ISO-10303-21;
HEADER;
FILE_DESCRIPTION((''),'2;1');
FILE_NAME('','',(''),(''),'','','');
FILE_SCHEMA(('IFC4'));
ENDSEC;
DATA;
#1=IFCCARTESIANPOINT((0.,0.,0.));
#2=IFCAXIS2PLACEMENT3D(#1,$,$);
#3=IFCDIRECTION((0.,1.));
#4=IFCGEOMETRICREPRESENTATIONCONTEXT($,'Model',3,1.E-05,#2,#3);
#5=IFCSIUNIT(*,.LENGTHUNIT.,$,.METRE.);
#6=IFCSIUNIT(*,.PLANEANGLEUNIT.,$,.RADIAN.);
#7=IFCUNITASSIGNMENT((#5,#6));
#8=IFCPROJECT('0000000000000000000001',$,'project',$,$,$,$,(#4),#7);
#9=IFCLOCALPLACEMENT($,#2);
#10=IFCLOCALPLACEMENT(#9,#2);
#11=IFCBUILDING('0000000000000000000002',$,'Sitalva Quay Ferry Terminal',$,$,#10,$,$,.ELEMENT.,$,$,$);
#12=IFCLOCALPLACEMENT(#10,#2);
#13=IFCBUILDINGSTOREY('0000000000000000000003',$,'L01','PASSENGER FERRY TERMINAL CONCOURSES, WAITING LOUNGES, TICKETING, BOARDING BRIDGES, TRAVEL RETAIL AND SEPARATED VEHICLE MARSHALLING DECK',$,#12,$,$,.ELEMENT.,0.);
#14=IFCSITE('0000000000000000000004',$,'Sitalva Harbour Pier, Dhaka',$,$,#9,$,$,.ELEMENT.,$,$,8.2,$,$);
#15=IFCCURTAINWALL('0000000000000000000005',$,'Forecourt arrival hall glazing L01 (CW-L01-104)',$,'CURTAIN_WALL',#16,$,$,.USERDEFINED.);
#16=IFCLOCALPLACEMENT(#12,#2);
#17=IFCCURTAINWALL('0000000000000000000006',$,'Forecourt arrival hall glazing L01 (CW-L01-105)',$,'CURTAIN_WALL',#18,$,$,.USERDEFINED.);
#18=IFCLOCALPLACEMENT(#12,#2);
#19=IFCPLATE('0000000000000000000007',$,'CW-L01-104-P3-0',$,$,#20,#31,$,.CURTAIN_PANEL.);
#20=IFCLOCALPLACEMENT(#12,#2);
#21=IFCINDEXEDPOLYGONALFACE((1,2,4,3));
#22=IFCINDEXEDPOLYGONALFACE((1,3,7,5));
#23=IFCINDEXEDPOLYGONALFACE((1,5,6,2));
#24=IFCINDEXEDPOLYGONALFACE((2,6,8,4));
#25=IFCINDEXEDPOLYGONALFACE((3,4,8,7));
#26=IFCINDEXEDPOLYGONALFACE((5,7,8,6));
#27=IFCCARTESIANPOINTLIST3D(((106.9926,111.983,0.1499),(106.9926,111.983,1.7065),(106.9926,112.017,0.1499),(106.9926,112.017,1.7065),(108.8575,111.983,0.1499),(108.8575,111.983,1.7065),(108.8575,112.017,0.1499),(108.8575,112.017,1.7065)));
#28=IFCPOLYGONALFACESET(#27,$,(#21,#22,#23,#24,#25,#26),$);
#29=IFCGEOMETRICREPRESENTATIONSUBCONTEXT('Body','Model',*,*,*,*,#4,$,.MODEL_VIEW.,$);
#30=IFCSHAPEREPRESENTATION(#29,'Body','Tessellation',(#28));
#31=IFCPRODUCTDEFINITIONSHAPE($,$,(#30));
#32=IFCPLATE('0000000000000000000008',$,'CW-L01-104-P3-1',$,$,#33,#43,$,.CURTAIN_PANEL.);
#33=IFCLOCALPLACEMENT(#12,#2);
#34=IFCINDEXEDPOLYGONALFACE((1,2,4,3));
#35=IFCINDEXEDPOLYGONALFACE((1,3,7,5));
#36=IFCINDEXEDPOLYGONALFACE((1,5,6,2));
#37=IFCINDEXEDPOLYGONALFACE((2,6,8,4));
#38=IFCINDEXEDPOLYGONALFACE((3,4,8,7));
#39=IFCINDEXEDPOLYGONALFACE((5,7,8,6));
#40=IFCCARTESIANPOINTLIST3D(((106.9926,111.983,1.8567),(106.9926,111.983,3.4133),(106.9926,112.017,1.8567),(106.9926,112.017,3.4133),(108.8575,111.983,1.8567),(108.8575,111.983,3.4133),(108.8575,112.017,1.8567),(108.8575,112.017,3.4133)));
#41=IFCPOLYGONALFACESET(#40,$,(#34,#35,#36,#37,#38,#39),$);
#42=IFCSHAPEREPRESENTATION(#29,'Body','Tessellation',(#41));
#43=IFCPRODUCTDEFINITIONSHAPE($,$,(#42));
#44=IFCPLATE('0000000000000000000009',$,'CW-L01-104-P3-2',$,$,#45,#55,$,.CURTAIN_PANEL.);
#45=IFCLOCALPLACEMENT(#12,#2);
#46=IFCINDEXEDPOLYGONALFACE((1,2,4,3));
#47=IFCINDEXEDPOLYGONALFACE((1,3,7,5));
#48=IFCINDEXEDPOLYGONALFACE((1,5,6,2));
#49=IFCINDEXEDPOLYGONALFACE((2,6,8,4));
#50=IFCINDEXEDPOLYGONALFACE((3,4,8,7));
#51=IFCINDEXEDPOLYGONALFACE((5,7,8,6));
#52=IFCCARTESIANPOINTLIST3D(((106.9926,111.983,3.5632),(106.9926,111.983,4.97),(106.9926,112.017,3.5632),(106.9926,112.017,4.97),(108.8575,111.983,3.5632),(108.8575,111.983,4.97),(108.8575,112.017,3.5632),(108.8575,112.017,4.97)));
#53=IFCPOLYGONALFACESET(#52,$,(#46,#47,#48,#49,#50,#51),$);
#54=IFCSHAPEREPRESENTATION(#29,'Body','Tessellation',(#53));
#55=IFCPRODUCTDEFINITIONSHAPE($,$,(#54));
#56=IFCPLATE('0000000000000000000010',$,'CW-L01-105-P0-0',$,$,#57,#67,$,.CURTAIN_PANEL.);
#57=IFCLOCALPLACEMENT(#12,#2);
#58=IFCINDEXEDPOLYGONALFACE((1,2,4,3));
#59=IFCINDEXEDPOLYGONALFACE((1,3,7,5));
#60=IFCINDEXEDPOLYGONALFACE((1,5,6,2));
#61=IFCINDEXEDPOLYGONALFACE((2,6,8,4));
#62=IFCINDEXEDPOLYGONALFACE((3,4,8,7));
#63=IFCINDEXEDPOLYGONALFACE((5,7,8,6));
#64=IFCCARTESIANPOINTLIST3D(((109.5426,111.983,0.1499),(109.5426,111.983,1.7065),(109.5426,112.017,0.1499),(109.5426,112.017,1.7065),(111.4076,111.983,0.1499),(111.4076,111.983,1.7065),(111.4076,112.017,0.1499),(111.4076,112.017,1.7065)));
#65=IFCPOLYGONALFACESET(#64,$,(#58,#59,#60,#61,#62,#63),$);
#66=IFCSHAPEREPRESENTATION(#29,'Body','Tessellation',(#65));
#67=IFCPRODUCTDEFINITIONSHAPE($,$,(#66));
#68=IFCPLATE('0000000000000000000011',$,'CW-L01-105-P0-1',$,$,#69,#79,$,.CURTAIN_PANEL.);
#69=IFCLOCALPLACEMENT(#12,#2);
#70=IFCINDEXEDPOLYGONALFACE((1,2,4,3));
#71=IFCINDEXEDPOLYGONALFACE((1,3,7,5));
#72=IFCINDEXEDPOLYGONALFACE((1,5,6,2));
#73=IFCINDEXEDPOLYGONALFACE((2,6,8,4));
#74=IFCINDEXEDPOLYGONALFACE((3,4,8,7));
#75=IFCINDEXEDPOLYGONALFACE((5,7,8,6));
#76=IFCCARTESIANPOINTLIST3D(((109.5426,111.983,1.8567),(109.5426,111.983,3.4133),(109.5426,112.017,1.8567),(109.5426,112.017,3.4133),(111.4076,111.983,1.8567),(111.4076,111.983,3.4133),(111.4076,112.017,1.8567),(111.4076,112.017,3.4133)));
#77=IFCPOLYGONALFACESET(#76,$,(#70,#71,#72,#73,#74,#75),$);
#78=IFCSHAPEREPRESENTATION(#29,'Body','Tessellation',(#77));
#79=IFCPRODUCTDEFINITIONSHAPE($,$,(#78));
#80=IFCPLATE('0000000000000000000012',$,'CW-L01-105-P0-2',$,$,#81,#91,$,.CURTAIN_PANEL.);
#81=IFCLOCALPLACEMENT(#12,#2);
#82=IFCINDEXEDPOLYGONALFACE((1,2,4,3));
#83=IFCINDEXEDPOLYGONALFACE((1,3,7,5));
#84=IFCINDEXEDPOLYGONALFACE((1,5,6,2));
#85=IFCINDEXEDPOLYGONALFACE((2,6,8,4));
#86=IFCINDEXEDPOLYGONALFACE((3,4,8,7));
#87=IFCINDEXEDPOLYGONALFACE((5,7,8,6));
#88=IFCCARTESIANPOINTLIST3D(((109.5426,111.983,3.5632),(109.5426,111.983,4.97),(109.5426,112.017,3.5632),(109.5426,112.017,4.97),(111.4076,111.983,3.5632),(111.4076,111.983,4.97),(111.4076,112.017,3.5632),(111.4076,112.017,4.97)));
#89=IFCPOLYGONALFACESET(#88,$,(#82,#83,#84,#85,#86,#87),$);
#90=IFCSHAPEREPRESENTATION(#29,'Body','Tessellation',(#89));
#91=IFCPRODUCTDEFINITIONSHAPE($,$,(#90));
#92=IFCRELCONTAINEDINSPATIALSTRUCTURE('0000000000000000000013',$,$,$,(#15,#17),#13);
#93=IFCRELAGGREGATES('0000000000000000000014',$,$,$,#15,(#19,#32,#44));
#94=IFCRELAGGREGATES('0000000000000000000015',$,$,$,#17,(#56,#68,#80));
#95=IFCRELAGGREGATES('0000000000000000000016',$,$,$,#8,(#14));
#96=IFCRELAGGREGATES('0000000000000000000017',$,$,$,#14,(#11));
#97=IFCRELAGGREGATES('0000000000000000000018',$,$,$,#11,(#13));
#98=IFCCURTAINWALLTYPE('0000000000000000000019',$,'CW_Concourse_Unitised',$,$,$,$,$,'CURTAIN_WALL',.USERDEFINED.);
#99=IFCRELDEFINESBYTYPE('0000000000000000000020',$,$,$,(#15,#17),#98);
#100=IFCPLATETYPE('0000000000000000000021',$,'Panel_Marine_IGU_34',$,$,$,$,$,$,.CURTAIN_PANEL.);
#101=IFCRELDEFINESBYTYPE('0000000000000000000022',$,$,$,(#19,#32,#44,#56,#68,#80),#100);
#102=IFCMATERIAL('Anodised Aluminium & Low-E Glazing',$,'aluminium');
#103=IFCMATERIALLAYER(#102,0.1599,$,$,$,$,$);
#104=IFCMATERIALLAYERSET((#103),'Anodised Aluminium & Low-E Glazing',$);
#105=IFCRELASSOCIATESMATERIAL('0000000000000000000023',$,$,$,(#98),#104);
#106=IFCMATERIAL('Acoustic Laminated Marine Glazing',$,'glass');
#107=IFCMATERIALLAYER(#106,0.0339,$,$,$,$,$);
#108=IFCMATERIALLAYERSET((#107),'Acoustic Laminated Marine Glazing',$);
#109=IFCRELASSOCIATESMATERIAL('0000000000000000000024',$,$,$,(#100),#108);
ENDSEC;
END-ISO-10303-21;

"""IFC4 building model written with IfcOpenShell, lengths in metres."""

from ifc_helpers import new_model, si_unit, direction, frame, origin, origin_2d, place, context, subcontext, project, spatial, rectangle, extrude, material, layer, layer_set, type_object, element, aggregate, save


model = new_model("IFC4")

# Units and contexts
model_context = context("Model", 3, precision=1e-05, world=origin(), true_north=direction((0.0, 1.0)))
body_context = subcontext(model_context, "Body", "Model", "MODEL_VIEW")
ifc_project = project(units=[si_unit("LENGTHUNIT", "METRE"), si_unit("PLANEANGLEUNIT", "RADIAN")], contexts=[model_context])

# Site, building, storey
site_placement = place(None, origin())
site = spatial("IfcSite", under=ifc_project, at=site_placement, Name="Sitalva Harbour Pier, Dhaka", CompositionType="ELEMENT", RefElevation=8.2)
building_placement = place(site_placement, origin())
building = spatial("IfcBuilding", under=site, at=building_placement, Name="Sitalva Quay Ferry Terminal", CompositionType="ELEMENT")
storey_placement = place(building_placement, origin())
storey = spatial("IfcBuildingStorey", under=building, at=storey_placement, Name="L01", Description="PASSENGER FERRY TERMINAL CONCOURSES, WAITING LOUNGES, TICKETING, BOARDING BRIDGES, TRAVEL RETAIL AND SEPARATED VEHICLE MARSHALLING DECK", CompositionType="ELEMENT", Elevation=0.0)

# Curtain wall
ifc_material_1 = material(Name="Anodised Aluminium & Low-E Glazing", Category="aluminium")
ifc_layer_1 = layer(ifc_material_1, 0.1599)
ifc_layer_set_1 = layer_set([ifc_layer_1], Name="Anodised Aluminium & Low-E Glazing")
curtain_wall_type = type_object("IfcCurtainWallType", Name="CW_Concourse_Unitised", ElementType="CURTAIN_WALL", PredefinedType="USERDEFINED", material=ifc_layer_set_1)
curtain_wall_1_placement = place(storey_placement, origin())
curtain_wall_1 = element("IfcCurtainWall", 1, at=curtain_wall_1_placement, inside=storey, type_object=curtain_wall_type, Name="Forecourt arrival hall glazing L01 (CW-L01-104)", ObjectType="CURTAIN_WALL", PredefinedType="USERDEFINED")

# Curtain wall
curtain_wall_2_placement = place(storey_placement, origin())
curtain_wall_2 = element("IfcCurtainWall", 2, at=curtain_wall_2_placement, inside=storey, type_object=curtain_wall_type, Name="Forecourt arrival hall glazing L01 (CW-L01-105)", ObjectType="CURTAIN_WALL", PredefinedType="USERDEFINED")

# Plates
ifc_material_2 = material(Name="Acoustic Laminated Marine Glazing", Category="glass")
ifc_layer_2 = layer(ifc_material_2, 0.0339)
ifc_layer_set_2 = layer_set([ifc_layer_2], Name="Acoustic Laminated Marine Glazing")
plate_type = type_object("IfcPlateType", Name="Panel_Marine_IGU_34", PredefinedType="CURTAIN_PANEL", material=ifc_layer_set_2)
plate_1_placement = place(storey_placement, frame((107.925, 112.0, 0.1499), z_axis=(0.0, 0.0, 1.0), x_axis=(1.0, 0.0, 0.0)))
plate_1 = element("IfcPlate", 3, at=plate_1_placement, type_object=plate_type, Name="CW-L01-104-P3-0", PredefinedType="CURTAIN_PANEL", context=body_context, shape_type="SweptSolid", body=[
    extrude(rectangle(XDim=1.865, YDim=0.0339, at=origin_2d()), origin(), (0.0, 0.0, 1.0), 1.5566),
])
plate_2_placement = place(storey_placement, frame((107.925, 112.0, 1.8567), z_axis=(0.0, 0.0, 1.0), x_axis=(1.0, 0.0, 0.0)))
plate_2 = element("IfcPlate", 4, at=plate_2_placement, type_object=plate_type, Name="CW-L01-104-P3-1", PredefinedType="CURTAIN_PANEL", context=body_context, shape_type="SweptSolid", body=[
    extrude(rectangle(XDim=1.865, YDim=0.0339, at=origin_2d()), origin(), (0.0, 0.0, 1.0), 1.5566),
])
plate_3_placement = place(storey_placement, frame((107.925, 112.0, 3.5632), z_axis=(0.0, 0.0, 1.0), x_axis=(1.0, 0.0, 0.0)))
plate_3 = element("IfcPlate", 5, at=plate_3_placement, type_object=plate_type, Name="CW-L01-104-P3-2", PredefinedType="CURTAIN_PANEL", context=body_context, shape_type="SweptSolid", body=[
    extrude(rectangle(XDim=1.865, YDim=0.0339, at=origin_2d()), origin(), (0.0, 0.0, 1.0), 1.4067),
])
aggregate(curtain_wall_1, [plate_1, plate_2, plate_3])
plate_4_placement = place(storey_placement, frame((110.4751, 112.0, 0.1499), z_axis=(0.0, 0.0, 1.0), x_axis=(1.0, 0.0, 0.0)))
plate_4 = element("IfcPlate", 6, at=plate_4_placement, type_object=plate_type, Name="CW-L01-105-P0-0", PredefinedType="CURTAIN_PANEL", context=body_context, shape_type="SweptSolid", body=[
    extrude(rectangle(XDim=1.865, YDim=0.0339, at=origin_2d()), origin(), (0.0, 0.0, 1.0), 1.5566),
])
plate_5_placement = place(storey_placement, frame((110.4751, 112.0, 1.8567), z_axis=(0.0, 0.0, 1.0), x_axis=(1.0, 0.0, 0.0)))
plate_5 = element("IfcPlate", 7, at=plate_5_placement, type_object=plate_type, Name="CW-L01-105-P0-1", PredefinedType="CURTAIN_PANEL", context=body_context, shape_type="SweptSolid", body=[
    extrude(rectangle(XDim=1.865, YDim=0.0339, at=origin_2d()), origin(), (0.0, 0.0, 1.0), 1.5566),
])
plate_6_placement = place(storey_placement, frame((110.4751, 112.0, 3.5632), z_axis=(0.0, 0.0, 1.0), x_axis=(1.0, 0.0, 0.0)))
plate_6 = element("IfcPlate", 8, at=plate_6_placement, type_object=plate_type, Name="CW-L01-105-P0-2", PredefinedType="CURTAIN_PANEL", context=body_context, shape_type="SweptSolid", body=[
    extrude(rectangle(XDim=1.865, YDim=0.0339, at=origin_2d()), origin(), (0.0, 0.0, 1.0), 1.4067),
])
aggregate(curtain_wall_2, [plate_4, plate_5, plate_6])

save(model, "model.ifc")
